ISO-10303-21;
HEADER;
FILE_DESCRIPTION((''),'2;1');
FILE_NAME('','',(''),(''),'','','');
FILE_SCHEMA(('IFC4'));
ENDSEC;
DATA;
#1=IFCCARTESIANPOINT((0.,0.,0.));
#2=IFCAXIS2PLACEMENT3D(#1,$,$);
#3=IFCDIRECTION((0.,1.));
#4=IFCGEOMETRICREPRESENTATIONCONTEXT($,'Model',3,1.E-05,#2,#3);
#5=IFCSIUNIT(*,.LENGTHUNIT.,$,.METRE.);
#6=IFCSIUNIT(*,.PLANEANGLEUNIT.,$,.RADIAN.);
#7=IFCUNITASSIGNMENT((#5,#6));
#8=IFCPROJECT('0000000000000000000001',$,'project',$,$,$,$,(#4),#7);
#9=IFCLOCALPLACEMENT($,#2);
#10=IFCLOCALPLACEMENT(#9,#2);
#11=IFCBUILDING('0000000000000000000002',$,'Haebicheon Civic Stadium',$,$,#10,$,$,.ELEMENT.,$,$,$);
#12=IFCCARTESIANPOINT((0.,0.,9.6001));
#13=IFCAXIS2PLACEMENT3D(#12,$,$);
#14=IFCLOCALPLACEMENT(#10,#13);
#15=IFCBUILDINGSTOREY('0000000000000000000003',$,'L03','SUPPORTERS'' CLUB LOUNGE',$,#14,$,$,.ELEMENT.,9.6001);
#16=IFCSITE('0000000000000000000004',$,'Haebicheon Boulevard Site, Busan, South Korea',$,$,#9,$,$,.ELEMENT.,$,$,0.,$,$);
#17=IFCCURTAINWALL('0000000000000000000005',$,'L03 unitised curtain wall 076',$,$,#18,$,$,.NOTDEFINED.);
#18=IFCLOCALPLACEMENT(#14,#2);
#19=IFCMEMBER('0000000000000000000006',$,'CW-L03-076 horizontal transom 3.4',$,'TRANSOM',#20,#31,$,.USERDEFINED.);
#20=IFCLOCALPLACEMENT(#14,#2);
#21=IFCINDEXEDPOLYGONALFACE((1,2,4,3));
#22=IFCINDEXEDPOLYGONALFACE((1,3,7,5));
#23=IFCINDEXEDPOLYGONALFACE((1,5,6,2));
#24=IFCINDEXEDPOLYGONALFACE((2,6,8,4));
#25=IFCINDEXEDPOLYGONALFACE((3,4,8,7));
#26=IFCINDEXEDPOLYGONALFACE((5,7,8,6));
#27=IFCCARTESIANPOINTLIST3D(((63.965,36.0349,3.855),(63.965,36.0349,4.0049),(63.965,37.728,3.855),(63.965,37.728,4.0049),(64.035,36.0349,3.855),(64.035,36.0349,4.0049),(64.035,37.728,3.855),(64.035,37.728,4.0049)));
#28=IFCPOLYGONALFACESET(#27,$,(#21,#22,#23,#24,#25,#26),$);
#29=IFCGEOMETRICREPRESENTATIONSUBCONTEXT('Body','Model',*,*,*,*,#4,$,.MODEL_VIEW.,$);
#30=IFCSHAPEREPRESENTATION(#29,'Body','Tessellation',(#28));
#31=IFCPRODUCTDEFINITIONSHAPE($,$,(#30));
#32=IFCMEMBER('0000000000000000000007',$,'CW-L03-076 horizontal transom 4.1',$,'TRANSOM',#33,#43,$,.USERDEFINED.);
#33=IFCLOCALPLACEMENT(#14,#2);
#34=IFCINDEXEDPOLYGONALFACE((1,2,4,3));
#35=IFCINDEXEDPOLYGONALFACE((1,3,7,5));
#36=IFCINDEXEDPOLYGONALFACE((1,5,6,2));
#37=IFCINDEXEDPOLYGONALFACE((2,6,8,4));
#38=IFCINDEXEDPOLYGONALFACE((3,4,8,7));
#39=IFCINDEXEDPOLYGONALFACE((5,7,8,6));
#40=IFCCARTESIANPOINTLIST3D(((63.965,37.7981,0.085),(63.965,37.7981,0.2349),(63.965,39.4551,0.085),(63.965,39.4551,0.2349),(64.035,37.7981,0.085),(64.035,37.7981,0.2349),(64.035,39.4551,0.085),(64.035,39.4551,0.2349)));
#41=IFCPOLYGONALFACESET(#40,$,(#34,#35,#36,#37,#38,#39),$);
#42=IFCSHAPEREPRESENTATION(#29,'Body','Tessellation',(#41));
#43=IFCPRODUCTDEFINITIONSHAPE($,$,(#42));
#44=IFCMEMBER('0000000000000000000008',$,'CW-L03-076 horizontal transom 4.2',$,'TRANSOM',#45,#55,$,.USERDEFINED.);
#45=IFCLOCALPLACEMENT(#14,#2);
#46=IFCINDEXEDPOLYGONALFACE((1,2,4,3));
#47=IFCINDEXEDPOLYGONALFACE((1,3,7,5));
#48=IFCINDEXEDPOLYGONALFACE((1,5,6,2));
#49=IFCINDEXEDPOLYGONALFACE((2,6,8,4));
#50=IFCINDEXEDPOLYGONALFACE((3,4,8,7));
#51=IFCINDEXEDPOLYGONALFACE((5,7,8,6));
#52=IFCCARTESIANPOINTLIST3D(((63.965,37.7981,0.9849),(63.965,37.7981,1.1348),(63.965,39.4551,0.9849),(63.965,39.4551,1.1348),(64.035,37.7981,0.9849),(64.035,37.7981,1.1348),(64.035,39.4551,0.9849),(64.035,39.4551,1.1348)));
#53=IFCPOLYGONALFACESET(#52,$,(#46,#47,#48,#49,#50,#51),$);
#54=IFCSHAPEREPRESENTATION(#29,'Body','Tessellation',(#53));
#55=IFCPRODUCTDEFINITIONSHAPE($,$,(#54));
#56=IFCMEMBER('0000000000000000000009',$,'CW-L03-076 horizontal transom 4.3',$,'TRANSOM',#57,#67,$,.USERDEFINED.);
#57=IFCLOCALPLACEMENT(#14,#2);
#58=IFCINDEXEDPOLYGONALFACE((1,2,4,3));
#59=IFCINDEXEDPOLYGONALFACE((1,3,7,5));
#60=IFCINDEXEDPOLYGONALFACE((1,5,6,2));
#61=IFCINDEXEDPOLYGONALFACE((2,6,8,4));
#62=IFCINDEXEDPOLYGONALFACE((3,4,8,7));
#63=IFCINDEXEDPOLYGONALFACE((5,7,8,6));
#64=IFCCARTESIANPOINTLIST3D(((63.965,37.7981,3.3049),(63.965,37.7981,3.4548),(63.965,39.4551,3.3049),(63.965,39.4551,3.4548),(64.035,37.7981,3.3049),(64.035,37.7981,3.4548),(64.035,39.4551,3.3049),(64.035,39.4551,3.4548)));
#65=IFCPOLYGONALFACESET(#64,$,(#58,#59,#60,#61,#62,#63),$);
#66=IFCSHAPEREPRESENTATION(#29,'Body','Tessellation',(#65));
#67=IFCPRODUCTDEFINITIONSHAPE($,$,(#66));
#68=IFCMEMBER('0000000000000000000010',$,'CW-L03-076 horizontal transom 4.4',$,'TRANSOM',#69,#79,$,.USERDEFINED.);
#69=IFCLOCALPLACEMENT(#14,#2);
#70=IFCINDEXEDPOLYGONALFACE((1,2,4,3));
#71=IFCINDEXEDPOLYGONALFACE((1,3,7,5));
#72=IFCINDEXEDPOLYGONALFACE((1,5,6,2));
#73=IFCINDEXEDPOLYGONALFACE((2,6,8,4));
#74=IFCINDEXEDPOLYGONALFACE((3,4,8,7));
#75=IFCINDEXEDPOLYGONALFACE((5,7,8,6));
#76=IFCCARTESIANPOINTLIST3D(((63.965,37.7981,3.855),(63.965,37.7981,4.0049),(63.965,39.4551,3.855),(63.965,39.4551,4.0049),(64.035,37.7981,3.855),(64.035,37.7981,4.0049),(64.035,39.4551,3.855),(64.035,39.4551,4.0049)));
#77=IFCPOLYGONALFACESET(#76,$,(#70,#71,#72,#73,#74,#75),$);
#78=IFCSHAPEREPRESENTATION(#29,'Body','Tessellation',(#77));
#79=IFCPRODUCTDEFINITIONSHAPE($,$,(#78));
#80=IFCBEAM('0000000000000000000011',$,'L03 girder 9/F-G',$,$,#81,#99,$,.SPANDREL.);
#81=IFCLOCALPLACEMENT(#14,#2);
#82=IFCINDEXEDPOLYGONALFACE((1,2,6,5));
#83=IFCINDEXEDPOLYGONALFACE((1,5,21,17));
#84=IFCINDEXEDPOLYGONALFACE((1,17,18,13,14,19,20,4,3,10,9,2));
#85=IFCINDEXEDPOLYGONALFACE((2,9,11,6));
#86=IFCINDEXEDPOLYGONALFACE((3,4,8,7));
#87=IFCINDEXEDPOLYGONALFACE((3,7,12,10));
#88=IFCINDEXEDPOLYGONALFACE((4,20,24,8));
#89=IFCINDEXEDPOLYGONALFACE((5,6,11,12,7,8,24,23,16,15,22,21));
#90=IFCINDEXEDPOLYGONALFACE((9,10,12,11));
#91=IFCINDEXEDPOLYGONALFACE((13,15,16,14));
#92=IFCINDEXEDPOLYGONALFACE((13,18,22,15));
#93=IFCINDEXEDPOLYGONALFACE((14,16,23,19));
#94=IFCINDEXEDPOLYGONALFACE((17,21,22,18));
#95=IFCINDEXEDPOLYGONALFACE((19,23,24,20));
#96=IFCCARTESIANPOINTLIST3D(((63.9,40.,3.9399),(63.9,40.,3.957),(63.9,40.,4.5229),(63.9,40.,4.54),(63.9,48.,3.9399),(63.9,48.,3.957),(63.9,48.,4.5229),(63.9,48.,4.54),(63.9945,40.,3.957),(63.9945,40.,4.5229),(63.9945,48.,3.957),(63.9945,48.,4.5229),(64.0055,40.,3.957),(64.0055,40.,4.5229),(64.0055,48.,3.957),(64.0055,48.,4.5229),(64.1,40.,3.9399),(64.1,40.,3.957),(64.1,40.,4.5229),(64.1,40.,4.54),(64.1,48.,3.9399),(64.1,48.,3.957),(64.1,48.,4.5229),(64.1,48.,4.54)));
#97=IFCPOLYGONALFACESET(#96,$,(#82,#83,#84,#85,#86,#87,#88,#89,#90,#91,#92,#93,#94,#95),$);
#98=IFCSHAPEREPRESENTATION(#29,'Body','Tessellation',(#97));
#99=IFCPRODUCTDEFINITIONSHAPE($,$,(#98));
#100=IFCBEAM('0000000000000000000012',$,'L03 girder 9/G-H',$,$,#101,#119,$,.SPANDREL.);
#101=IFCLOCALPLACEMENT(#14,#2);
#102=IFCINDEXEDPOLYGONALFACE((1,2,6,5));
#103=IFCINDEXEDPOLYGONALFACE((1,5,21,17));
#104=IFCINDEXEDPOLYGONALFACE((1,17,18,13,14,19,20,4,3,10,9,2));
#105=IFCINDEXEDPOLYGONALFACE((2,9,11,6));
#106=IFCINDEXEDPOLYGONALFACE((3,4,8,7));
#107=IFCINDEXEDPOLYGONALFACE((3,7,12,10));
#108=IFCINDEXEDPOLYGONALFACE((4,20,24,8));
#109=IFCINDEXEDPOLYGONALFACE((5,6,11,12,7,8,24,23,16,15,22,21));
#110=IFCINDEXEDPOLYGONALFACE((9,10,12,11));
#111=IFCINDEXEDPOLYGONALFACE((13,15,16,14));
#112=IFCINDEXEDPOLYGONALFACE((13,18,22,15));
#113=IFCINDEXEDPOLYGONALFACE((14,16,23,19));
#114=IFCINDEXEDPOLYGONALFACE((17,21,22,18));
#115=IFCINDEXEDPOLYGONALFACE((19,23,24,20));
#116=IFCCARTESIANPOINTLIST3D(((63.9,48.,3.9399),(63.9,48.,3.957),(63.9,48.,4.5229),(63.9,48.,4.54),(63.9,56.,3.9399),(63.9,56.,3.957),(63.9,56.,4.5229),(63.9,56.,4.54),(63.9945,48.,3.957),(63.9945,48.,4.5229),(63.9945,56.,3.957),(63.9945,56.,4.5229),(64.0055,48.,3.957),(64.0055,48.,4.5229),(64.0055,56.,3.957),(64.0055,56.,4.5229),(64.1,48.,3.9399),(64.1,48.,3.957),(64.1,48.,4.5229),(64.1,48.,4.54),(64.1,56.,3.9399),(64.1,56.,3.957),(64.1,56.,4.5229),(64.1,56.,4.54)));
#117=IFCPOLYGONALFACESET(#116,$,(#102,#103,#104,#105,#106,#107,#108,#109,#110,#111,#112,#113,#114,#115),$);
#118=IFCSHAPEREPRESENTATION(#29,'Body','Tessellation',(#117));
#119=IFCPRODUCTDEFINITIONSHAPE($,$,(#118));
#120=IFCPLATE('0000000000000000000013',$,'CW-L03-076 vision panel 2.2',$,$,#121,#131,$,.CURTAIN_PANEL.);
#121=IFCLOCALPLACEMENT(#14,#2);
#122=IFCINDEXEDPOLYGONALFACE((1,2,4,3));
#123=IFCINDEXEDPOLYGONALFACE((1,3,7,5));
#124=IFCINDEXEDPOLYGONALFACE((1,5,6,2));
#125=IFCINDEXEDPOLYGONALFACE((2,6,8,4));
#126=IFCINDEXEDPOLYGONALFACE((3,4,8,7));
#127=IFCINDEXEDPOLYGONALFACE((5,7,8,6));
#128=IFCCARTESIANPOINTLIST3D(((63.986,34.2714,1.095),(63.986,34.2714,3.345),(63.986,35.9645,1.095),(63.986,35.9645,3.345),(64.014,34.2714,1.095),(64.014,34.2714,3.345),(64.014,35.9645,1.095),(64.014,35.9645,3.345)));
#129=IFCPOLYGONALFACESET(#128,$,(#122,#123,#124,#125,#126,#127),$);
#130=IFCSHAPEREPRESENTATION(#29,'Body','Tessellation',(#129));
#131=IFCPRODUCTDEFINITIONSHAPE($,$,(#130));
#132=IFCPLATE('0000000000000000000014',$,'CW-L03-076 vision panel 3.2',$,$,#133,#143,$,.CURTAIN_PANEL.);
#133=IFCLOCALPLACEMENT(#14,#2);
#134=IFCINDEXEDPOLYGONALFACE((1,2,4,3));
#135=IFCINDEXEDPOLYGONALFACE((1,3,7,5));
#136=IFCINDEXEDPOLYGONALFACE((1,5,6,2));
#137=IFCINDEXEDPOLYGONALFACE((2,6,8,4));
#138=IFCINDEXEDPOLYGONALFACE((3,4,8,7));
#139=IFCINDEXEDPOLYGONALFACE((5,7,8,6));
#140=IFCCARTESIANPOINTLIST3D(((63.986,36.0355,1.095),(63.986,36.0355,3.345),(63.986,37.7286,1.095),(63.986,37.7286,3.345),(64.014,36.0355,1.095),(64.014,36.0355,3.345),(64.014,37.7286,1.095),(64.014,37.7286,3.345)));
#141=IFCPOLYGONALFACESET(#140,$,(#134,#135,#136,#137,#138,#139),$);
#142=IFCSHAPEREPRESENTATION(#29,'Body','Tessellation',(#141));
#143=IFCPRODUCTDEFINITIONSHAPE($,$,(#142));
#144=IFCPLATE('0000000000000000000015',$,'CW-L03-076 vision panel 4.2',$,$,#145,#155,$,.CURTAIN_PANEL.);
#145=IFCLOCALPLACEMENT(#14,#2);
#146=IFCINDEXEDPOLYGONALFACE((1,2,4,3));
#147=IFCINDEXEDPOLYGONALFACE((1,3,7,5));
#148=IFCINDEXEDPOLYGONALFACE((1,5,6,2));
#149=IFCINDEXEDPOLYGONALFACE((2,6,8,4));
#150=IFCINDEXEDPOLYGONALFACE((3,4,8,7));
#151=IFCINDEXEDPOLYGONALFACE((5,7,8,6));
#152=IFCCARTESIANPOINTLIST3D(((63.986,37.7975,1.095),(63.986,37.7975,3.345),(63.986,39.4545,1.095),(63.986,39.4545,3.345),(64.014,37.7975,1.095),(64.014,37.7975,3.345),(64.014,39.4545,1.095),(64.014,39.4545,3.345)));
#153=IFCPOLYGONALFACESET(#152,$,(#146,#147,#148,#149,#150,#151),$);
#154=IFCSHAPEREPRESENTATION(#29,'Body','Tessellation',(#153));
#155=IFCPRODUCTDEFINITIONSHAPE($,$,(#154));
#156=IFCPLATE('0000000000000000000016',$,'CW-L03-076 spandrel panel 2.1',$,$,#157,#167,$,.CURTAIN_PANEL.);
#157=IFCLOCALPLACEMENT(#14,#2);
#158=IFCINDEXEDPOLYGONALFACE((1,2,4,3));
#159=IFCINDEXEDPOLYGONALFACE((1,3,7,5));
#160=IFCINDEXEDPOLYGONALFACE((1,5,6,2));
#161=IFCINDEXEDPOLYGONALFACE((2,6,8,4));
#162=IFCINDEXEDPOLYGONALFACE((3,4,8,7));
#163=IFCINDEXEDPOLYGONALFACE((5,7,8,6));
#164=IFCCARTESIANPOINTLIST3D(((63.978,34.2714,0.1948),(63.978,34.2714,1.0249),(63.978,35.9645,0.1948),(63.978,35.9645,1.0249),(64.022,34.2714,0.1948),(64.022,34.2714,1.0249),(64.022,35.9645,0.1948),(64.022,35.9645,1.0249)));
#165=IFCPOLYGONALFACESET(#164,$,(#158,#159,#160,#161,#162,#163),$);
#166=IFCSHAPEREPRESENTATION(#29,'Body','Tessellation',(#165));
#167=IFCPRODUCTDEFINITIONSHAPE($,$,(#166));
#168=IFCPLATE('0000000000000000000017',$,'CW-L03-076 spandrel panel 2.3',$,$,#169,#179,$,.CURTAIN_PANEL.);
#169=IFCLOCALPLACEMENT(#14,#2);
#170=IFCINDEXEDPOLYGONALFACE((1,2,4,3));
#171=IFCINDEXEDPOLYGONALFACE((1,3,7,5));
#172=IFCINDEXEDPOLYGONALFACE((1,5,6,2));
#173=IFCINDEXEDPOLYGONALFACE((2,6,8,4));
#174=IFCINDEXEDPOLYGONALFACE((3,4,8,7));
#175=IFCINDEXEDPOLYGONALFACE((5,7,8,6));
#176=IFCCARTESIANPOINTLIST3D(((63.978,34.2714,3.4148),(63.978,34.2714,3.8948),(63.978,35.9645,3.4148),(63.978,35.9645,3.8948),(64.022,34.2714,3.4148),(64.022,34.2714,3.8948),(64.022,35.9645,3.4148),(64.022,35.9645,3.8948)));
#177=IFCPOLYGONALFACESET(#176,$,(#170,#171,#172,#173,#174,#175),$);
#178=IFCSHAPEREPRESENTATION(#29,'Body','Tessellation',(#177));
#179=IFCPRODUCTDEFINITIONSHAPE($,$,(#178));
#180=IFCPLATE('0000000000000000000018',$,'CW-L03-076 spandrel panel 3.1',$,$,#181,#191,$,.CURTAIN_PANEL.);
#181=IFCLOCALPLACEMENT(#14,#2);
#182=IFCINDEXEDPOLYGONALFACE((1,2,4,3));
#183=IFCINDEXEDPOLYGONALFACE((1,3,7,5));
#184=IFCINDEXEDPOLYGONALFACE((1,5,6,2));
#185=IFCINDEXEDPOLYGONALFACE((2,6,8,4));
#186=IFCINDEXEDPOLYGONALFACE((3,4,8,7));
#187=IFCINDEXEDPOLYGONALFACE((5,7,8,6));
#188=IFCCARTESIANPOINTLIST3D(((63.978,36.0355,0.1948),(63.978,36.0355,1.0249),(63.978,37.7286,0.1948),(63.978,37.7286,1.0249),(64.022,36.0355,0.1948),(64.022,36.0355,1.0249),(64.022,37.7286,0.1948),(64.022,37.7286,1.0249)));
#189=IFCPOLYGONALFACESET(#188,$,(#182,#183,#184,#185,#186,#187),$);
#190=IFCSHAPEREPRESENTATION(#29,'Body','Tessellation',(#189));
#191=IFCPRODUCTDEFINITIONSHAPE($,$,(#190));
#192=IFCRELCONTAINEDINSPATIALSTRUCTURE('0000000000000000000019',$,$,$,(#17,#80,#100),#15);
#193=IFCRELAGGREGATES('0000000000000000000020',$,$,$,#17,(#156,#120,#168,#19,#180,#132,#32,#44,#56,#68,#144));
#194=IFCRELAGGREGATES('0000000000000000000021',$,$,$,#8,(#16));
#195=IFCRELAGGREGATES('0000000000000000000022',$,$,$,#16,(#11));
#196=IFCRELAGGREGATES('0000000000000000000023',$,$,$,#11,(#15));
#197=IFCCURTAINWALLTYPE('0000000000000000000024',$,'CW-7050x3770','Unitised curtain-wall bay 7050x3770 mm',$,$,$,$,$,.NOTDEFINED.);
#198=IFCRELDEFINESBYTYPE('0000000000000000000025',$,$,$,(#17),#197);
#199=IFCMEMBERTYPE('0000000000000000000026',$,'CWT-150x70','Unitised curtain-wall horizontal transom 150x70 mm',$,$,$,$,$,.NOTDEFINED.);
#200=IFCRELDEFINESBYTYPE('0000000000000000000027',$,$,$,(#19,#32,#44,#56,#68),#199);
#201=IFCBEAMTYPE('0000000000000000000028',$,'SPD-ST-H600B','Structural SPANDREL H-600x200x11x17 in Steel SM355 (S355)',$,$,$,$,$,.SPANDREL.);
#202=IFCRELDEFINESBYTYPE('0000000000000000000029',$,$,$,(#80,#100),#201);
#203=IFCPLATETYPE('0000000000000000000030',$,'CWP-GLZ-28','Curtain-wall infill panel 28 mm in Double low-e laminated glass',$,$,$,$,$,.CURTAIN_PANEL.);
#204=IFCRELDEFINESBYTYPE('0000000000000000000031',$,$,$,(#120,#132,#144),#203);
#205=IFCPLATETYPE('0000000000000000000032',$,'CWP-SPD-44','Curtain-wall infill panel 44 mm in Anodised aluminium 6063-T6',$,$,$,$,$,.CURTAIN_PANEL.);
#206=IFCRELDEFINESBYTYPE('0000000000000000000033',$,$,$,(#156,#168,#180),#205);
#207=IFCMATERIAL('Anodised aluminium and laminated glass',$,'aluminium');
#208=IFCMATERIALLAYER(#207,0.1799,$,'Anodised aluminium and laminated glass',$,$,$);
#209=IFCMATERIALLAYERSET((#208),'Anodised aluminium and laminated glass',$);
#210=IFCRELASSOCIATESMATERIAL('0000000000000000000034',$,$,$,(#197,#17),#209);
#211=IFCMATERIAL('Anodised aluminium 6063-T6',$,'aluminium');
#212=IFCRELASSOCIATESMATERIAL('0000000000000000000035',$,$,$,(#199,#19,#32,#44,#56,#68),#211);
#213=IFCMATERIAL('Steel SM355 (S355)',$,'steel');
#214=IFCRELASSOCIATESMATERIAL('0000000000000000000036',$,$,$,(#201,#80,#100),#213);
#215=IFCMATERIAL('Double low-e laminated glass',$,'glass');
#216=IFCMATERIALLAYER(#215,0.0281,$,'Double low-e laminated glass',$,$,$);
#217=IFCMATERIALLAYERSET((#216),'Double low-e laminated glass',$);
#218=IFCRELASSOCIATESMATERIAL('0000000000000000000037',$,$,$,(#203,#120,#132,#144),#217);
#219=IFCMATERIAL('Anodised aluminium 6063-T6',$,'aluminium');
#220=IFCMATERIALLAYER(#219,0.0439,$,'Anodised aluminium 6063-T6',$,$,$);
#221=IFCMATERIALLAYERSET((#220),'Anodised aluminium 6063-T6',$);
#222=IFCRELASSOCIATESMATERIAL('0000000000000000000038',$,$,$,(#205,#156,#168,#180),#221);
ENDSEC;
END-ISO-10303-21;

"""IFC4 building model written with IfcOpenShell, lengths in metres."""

from ifc_helpers import new_model, si_unit, direction, frame, origin, origin_2d, place, context, subcontext, project, spatial, rectangle, i_section, extrude, material, layer, layer_set, material_profile, profile_set, type_object, element, aggregate, save


model = new_model("IFC4")

# Units and contexts
model_context = context("Model", 3, precision=1e-05, world=origin(), true_north=direction((0.0, 1.0)))
body_context = subcontext(model_context, "Body", "Model", "MODEL_VIEW")
ifc_project = project(units=[si_unit("LENGTHUNIT", "METRE"), si_unit("PLANEANGLEUNIT", "RADIAN")], contexts=[model_context])

# Site, building, storey
site_placement = place(None, origin())
site = spatial("IfcSite", under=ifc_project, at=site_placement, Name="Haebicheon Boulevard Site, Busan, South Korea", CompositionType="ELEMENT", RefElevation=0.0)
building_placement = place(site_placement, origin())
building = spatial("IfcBuilding", under=site, at=building_placement, Name="Haebicheon Civic Stadium", CompositionType="ELEMENT")
storey_placement = place(building_placement, frame((0.0, 0.0, 9.6001)))
storey = spatial("IfcBuildingStorey", under=building, at=storey_placement, Name="L03", Description="SUPPORTERS' CLUB LOUNGE", CompositionType="ELEMENT", Elevation=9.6001)

# Curtain wall, members
ifc_material_1 = material(Name="Anodised aluminium and laminated glass", Category="aluminium")
ifc_layer_1 = layer(ifc_material_1, 0.1799, Name="Anodised aluminium and laminated glass")
ifc_layer_set_1 = layer_set([ifc_layer_1], Name="Anodised aluminium and laminated glass")
curtain_wall_type = type_object("IfcCurtainWallType", Name="CW-7050x3770", Description="Unitised curtain-wall bay 7050x3770 mm", PredefinedType="NOTDEFINED", material=ifc_layer_set_1)
curtain_wall_placement = place(storey_placement, origin())
curtain_wall = element("IfcCurtainWall", 1, at=curtain_wall_placement, inside=storey, type_object=curtain_wall_type, material=ifc_layer_set_1, Name="L03 unitised curtain wall 076", PredefinedType="NOTDEFINED")
ifc_material_2 = material(Name="Anodised aluminium 6063-T6", Category="aluminium")
ifc_material_profile_1 = material_profile(ifc_material_2, rectangle(XDim=0.0701, YDim=0.1499, at=origin_2d()), Name="ALU-TRAN-70x150")
ifc_profile_set_1 = profile_set([ifc_material_profile_1], Name="Anodised aluminium 6063-T6")
member_type_1 = type_object("IfcMemberType", Name="CWT-150x70", Description="Unitised curtain-wall horizontal transom 150x70 mm", PredefinedType="NOTDEFINED", material=ifc_profile_set_1)
member_1_placement = place(storey_placement, frame((64.0, 36.0349, 3.9299), z_axis=(0.0, 1.0, 0.0), x_axis=(-1.0, 0.0, 0.0)))
member_1 = element("IfcMember", 2, at=member_1_placement, type_object=member_type_1, material=ifc_profile_set_1, Name="CW-L03-076 horizontal transom 3.4", ObjectType="TRANSOM", PredefinedType="USERDEFINED", context=body_context, shape_type="SweptSolid", body=[
    extrude(rectangle(XDim=0.0701, YDim=0.1499, at=origin_2d()), origin(), (0.0, 0.0, 1.0), 1.6931),
])
member_2_placement = place(storey_placement, frame((64.0, 37.7981, 0.1599), z_axis=(0.0, 1.0, 0.0), x_axis=(-1.0, 0.0, 0.0)))
member_2 = element("IfcMember", 3, at=member_2_placement, type_object=member_type_1, material=ifc_profile_set_1, Name="CW-L03-076 horizontal transom 4.1", ObjectType="TRANSOM", PredefinedType="USERDEFINED", context=body_context, shape_type="SweptSolid", body=[
    extrude(rectangle(XDim=0.0701, YDim=0.1499, at=origin_2d()), origin(), (0.0, 0.0, 1.0), 1.657),
])
member_3_placement = place(storey_placement, frame((64.0, 37.7981, 1.0598), z_axis=(0.0, 1.0, 0.0), x_axis=(-1.0, 0.0, 0.0)))
member_3 = element("IfcMember", 4, at=member_3_placement, type_object=member_type_1, material=ifc_profile_set_1, Name="CW-L03-076 horizontal transom 4.2", ObjectType="TRANSOM", PredefinedType="USERDEFINED", context=body_context, shape_type="SweptSolid", body=[
    extrude(rectangle(XDim=0.0701, YDim=0.1499, at=origin_2d()), origin(), (0.0, 0.0, 1.0), 1.657),
])
member_4_placement = place(storey_placement, frame((64.0, 37.7981, 3.3799), z_axis=(0.0, 1.0, 0.0), x_axis=(-1.0, 0.0, 0.0)))
member_4 = element("IfcMember", 5, at=member_4_placement, type_object=member_type_1, material=ifc_profile_set_1, Name="CW-L03-076 horizontal transom 4.3", ObjectType="TRANSOM", PredefinedType="USERDEFINED", context=body_context, shape_type="SweptSolid", body=[
    extrude(rectangle(XDim=0.0701, YDim=0.1499, at=origin_2d()), origin(), (0.0, 0.0, 1.0), 1.657),
])
member_5_placement = place(storey_placement, frame((64.0, 37.7981, 3.9299), z_axis=(0.0, 1.0, 0.0), x_axis=(-1.0, 0.0, 0.0)))
member_5 = element("IfcMember", 6, at=member_5_placement, type_object=member_type_1, material=ifc_profile_set_1, Name="CW-L03-076 horizontal transom 4.4", ObjectType="TRANSOM", PredefinedType="USERDEFINED", context=body_context, shape_type="SweptSolid", body=[
    extrude(rectangle(XDim=0.0701, YDim=0.1499, at=origin_2d()), origin(), (0.0, 0.0, 1.0), 1.657),
])

# Beams
ifc_material_3 = material(Name="Steel SM355 (S355)", Category="steel")
ifc_material_profile_2 = material_profile(ifc_material_3, i_section(OverallWidth=0.2, OverallDepth=0.6001, WebThickness=0.011, FlangeThickness=0.0171, at=origin_2d()), Name="H-600x200x11x17")
ifc_profile_set_2 = profile_set([ifc_material_profile_2], Name="Steel SM355 (S355)")
beam_type = type_object("IfcBeamType", Name="SPD-ST-H600B", Description="Structural SPANDREL H-600x200x11x17 in Steel SM355 (S355)", PredefinedType="SPANDREL", material=ifc_profile_set_2)
for number, where, z_axis, x_axis, name in (
    (7, (64.0, 40.0, 4.24), (0.0, 1.0, 0.0), (-1.0, 0.0, 0.0), "L03 girder 9/F-G"),
    (8, (64.0, 48.0, 4.24), (0.0, 1.0, 0.0), (-1.0, 0.0, 0.0), "L03 girder 9/G-H"),
):
    element("IfcBeam", number, at=place(storey_placement, frame(where, z_axis=z_axis, x_axis=x_axis)), inside=storey, type_object=beam_type, material=ifc_profile_set_2, Name=name, PredefinedType="SPANDREL", context=body_context, shape_type="SweptSolid", body=[
        extrude(i_section(OverallWidth=0.2, OverallDepth=0.6001, WebThickness=0.011, FlangeThickness=0.0171, at=origin_2d()), origin(), (0.0, 0.0, 1.0), 8.0),
    ])

# Plates
ifc_material_4 = material(Name="Double low-e laminated glass", Category="glass")
ifc_layer_2 = layer(ifc_material_4, 0.0281, Name="Double low-e laminated glass")
ifc_layer_set_2 = layer_set([ifc_layer_2], Name="Double low-e laminated glass")
plate_type_1 = type_object("IfcPlateType", Name="CWP-GLZ-28", Description="Curtain-wall infill panel 28 mm in Double low-e laminated glass", PredefinedType="CURTAIN_PANEL", material=ifc_layer_set_2)
plate_1_placement = place(storey_placement, frame((64.0, 35.1179, 1.095), z_axis=(0.0, 0.0, 1.0), x_axis=(0.0, 1.0, 0.0)))
plate_1 = element("IfcPlate", 9, at=plate_1_placement, type_object=plate_type_1, material=ifc_layer_set_2, Name="CW-L03-076 vision panel 2.2", PredefinedType="CURTAIN_PANEL", context=body_context, shape_type="SweptSolid", body=[
    extrude(rectangle(XDim=1.6931, YDim=0.0281, at=origin_2d()), origin(), (0.0, 0.0, 1.0), 2.25),
])
plate_2_placement = place(storey_placement, frame((64.0, 36.8821, 1.095), z_axis=(0.0, 0.0, 1.0), x_axis=(0.0, 1.0, 0.0)))
plate_2 = element("IfcPlate", 10, at=plate_2_placement, type_object=plate_type_1, material=ifc_layer_set_2, Name="CW-L03-076 vision panel 3.2", PredefinedType="CURTAIN_PANEL", context=body_context, shape_type="SweptSolid", body=[
    extrude(rectangle(XDim=1.6931, YDim=0.0281, at=origin_2d()), origin(), (0.0, 0.0, 1.0), 2.25),
])
plate_3_placement = place(storey_placement, frame((64.0, 38.626, 1.095), z_axis=(0.0, 0.0, 1.0), x_axis=(0.0, 1.0, 0.0)))
plate_3 = element("IfcPlate", 11, at=plate_3_placement, type_object=plate_type_1, material=ifc_layer_set_2, Name="CW-L03-076 vision panel 4.2", PredefinedType="CURTAIN_PANEL", context=body_context, shape_type="SweptSolid", body=[
    extrude(rectangle(XDim=1.657, YDim=0.0281, at=origin_2d()), origin(), (0.0, 0.0, 1.0), 2.25),
])
ifc_material_5 = material(Name="Anodised aluminium 6063-T6", Category="aluminium")
ifc_layer_3 = layer(ifc_material_5, 0.0439, Name="Anodised aluminium 6063-T6")
ifc_layer_set_3 = layer_set([ifc_layer_3], Name="Anodised aluminium 6063-T6")
plate_type_2 = type_object("IfcPlateType", Name="CWP-SPD-44", Description="Curtain-wall infill panel 44 mm in Anodised aluminium 6063-T6", PredefinedType="CURTAIN_PANEL", material=ifc_layer_set_3)
plate_4_placement = place(storey_placement, frame((64.0, 35.1179, 0.1948), z_axis=(0.0, 0.0, 1.0), x_axis=(0.0, 1.0, 0.0)))
plate_4 = element("IfcPlate", 12, at=plate_4_placement, type_object=plate_type_2, material=ifc_layer_set_3, Name="CW-L03-076 spandrel panel 2.1", PredefinedType="CURTAIN_PANEL", context=body_context, shape_type="SweptSolid", body=[
    extrude(rectangle(XDim=1.6931, YDim=0.0439, at=origin_2d()), origin(), (0.0, 0.0, 1.0), 0.8301),
])
plate_5_placement = place(storey_placement, frame((64.0, 35.1179, 3.4148), z_axis=(0.0, 0.0, 1.0), x_axis=(0.0, 1.0, 0.0)))
plate_5 = element("IfcPlate", 13, at=plate_5_placement, type_object=plate_type_2, material=ifc_layer_set_3, Name="CW-L03-076 spandrel panel 2.3", PredefinedType="CURTAIN_PANEL", context=body_context, shape_type="SweptSolid", body=[
    extrude(rectangle(XDim=1.6931, YDim=0.0439, at=origin_2d()), origin(), (0.0, 0.0, 1.0), 0.48),
])
plate_6_placement = place(storey_placement, frame((64.0, 36.8821, 0.1948), z_axis=(0.0, 0.0, 1.0), x_axis=(0.0, 1.0, 0.0)))
plate_6 = element("IfcPlate", 14, at=plate_6_placement, type_object=plate_type_2, material=ifc_layer_set_3, Name="CW-L03-076 spandrel panel 3.1", PredefinedType="CURTAIN_PANEL", context=body_context, shape_type="SweptSolid", body=[
    extrude(rectangle(XDim=1.6931, YDim=0.0439, at=origin_2d()), origin(), (0.0, 0.0, 1.0), 0.8301),
])
aggregate(curtain_wall, [plate_4, plate_1, plate_5, member_1, plate_6, plate_2, member_2, member_3, member_4, member_5, plate_3])

save(model, "model.ifc")
